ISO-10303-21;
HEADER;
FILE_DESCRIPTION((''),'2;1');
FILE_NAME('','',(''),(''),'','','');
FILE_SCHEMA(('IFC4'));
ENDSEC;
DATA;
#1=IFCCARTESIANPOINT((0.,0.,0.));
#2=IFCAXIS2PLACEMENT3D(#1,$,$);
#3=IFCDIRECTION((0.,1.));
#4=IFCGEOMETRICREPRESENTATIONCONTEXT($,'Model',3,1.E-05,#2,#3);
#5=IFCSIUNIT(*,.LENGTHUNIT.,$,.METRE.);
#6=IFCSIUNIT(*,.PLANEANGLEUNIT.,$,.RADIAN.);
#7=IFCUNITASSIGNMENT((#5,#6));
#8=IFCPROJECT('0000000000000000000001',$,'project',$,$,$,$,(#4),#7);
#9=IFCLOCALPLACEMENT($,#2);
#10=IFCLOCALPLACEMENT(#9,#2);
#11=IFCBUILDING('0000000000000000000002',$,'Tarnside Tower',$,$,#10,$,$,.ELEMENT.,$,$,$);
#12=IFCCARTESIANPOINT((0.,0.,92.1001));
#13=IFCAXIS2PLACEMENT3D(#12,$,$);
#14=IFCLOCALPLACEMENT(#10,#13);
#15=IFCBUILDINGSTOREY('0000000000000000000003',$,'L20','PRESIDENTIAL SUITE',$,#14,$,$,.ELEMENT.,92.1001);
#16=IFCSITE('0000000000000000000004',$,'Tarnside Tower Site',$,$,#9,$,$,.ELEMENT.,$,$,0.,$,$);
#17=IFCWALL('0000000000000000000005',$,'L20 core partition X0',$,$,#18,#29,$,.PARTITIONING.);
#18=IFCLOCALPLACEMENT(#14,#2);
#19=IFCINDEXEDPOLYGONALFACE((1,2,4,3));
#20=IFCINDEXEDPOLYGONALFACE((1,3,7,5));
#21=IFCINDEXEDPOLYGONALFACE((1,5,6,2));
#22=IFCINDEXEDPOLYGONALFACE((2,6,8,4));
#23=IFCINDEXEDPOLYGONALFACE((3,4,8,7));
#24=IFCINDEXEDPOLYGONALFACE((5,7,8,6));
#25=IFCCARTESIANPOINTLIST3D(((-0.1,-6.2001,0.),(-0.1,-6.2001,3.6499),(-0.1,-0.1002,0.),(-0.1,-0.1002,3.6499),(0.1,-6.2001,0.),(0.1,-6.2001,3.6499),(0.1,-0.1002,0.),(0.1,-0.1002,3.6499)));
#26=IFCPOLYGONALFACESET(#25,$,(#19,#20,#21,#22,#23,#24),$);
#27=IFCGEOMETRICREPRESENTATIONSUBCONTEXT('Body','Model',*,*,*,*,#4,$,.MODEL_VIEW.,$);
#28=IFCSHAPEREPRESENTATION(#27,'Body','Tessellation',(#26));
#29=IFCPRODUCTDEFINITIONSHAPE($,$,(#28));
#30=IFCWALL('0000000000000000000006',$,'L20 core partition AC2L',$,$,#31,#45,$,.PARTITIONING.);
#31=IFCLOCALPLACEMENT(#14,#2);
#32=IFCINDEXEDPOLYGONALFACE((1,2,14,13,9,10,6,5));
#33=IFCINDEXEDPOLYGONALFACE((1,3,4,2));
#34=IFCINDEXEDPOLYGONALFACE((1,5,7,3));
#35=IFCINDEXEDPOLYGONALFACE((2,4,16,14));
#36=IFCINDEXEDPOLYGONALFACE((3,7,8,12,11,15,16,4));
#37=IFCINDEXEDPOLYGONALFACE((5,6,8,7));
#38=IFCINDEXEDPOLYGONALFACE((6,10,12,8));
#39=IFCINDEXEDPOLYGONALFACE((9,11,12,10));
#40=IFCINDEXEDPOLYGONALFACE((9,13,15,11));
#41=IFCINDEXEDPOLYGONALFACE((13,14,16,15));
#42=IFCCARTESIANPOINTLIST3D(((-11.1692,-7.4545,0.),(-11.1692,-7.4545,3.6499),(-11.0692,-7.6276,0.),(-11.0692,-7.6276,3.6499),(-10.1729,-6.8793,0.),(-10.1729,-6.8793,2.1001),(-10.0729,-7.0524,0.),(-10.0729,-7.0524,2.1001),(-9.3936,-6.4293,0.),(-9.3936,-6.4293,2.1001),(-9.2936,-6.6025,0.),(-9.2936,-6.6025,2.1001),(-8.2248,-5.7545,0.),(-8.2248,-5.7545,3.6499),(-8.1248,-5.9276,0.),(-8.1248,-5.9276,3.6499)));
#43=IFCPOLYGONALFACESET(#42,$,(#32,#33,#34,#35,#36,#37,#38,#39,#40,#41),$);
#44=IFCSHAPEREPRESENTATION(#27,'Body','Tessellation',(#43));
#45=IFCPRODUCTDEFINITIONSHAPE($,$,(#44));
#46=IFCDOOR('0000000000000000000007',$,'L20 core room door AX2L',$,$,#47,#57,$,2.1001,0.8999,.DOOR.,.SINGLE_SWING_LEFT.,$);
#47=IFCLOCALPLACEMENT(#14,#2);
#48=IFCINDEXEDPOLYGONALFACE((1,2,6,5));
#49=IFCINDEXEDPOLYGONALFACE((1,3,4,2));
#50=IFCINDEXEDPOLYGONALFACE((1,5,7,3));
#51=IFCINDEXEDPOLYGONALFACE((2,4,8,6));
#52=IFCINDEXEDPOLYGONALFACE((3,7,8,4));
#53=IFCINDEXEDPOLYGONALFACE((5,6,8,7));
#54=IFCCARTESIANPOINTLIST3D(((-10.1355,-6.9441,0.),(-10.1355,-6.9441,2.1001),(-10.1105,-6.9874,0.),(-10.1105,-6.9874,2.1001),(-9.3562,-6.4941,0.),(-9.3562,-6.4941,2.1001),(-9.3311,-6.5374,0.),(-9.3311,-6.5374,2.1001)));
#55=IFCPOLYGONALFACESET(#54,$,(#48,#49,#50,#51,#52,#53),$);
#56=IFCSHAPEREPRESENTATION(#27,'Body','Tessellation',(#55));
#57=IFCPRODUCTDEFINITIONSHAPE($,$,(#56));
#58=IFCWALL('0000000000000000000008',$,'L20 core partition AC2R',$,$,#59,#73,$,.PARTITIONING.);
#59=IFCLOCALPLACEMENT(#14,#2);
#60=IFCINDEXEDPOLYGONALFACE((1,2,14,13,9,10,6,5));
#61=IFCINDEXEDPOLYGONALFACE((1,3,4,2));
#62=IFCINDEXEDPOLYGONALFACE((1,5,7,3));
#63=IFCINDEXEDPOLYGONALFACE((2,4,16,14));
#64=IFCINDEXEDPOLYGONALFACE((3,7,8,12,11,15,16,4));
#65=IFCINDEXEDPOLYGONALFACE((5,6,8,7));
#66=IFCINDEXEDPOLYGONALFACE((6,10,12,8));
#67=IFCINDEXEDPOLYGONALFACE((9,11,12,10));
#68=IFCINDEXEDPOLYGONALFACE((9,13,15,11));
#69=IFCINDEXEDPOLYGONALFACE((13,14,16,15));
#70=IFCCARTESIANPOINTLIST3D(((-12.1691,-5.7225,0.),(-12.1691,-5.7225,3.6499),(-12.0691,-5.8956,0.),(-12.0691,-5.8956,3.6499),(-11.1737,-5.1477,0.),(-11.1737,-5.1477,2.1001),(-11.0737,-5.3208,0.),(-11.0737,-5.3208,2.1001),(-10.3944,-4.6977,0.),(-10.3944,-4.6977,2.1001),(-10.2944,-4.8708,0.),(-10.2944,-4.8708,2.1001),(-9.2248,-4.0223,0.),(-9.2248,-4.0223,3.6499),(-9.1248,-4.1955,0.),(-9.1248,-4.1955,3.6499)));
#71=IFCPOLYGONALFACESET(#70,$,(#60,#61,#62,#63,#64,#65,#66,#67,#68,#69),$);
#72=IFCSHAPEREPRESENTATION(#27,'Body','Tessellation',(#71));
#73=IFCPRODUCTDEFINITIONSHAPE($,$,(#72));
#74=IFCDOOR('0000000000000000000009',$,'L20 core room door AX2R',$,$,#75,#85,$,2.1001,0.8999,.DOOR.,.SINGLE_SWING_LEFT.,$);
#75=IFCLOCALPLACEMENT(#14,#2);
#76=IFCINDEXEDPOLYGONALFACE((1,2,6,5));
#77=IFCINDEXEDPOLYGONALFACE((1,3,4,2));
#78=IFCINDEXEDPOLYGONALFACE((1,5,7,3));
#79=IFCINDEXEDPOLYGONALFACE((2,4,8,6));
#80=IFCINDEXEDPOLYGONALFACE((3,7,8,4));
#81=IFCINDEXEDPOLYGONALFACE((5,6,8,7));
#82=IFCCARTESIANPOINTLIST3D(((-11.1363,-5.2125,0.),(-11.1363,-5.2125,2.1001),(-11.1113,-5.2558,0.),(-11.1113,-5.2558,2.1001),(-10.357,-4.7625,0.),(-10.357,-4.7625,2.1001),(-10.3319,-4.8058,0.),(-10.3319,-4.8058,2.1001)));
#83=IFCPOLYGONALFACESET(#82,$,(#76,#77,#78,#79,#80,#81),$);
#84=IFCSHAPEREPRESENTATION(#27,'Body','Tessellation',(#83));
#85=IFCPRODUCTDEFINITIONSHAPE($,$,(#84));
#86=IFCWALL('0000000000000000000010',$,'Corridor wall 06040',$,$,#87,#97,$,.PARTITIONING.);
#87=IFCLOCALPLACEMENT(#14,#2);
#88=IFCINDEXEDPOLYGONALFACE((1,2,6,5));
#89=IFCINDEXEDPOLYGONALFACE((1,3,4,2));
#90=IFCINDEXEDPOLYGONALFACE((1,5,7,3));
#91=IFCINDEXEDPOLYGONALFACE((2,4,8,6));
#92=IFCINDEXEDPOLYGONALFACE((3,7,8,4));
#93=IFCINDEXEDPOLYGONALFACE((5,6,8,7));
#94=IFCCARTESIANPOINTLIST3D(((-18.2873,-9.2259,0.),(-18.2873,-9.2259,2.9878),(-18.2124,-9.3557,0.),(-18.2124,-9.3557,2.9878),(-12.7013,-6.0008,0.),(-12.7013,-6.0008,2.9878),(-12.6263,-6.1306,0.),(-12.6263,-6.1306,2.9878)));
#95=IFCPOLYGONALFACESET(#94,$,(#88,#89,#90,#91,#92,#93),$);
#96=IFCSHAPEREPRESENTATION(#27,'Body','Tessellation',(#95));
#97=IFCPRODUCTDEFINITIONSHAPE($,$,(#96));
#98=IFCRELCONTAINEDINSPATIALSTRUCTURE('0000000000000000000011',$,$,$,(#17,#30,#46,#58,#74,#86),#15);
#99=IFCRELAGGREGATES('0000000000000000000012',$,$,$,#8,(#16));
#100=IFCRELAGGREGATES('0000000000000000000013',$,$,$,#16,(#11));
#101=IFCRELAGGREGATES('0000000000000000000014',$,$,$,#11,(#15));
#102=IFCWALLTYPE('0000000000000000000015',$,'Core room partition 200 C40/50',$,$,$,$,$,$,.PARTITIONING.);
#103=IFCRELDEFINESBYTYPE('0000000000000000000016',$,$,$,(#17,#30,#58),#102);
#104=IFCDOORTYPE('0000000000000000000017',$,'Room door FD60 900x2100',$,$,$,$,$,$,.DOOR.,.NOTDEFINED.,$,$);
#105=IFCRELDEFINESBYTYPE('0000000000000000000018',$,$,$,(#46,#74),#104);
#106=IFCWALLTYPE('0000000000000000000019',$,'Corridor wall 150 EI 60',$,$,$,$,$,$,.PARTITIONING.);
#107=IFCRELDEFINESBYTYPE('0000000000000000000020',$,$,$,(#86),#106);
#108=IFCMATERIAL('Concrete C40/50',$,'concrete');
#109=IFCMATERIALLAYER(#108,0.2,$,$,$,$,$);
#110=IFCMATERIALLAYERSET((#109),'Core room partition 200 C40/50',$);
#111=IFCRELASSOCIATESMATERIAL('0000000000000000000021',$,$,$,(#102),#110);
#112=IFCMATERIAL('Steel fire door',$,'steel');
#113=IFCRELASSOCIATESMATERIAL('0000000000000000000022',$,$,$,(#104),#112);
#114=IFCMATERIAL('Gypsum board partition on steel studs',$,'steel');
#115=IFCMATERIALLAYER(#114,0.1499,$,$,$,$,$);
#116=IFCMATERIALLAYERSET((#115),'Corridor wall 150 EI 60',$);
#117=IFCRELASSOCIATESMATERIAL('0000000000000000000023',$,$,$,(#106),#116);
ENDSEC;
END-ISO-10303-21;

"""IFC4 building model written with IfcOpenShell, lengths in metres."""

from ifc_helpers import new_model, si_unit, direction, frame, frame_2d, origin, place, context, subcontext, project, spatial, rectangle, extrude, material, layer, layer_set, type_object, element, fill, save


model = new_model("IFC4")

# Units and contexts
model_context = context("Model", 3, precision=1e-05, world=origin(), true_north=direction((0.0, 1.0)))
body_context = subcontext(model_context, "Body", "Model", "MODEL_VIEW")
ifc_project = project(units=[si_unit("LENGTHUNIT", "METRE"), si_unit("PLANEANGLEUNIT", "RADIAN")], contexts=[model_context])

# Site, building, storey
site_placement = place(None, origin())
site = spatial("IfcSite", under=ifc_project, at=site_placement, Name="Tarnside Tower Site", CompositionType="ELEMENT", RefElevation=0.0)
building_placement = place(site_placement, origin())
building = spatial("IfcBuilding", under=site, at=building_placement, Name="Tarnside Tower", CompositionType="ELEMENT")
storey_placement = place(building_placement, frame((0.0, 0.0, 92.1001)))
storey = spatial("IfcBuildingStorey", under=building, at=storey_placement, Name="L20", Description="PRESIDENTIAL SUITE", CompositionType="ELEMENT", Elevation=92.1001)

# Wall
ifc_material_1 = material(Name="Concrete C40/50", Category="concrete")
ifc_layer_1 = layer(ifc_material_1, 0.2)
ifc_layer_set_1 = layer_set([ifc_layer_1], Name="Core room partition 200 C40/50")
wall_type_1 = type_object("IfcWallType", Name="Core room partition 200 C40/50", PredefinedType="PARTITIONING", material=ifc_layer_set_1)
wall_1_placement = place(storey_placement, frame((0.0, -6.2, 0.0), z_axis=(0.0, 0.0, 1.0), x_axis=(0.0, 1.0, 0.0)))
element("IfcWall", 1, at=wall_1_placement, inside=storey, type_object=wall_type_1, Name="L20 core partition X0", PredefinedType="PARTITIONING", context=body_context, shape_type="SweptSolid", body=[
    extrude(rectangle(XDim=6.0999, YDim=0.2, at=frame_2d((3.0498, 0.0))), origin(), (0.0, 0.0, 1.0), 3.6499),
])

# Walls, openings, doors
wall_2_placement = place(storey_placement, frame((-8.1748, -5.8411, 0.0), z_axis=(0.0, 0.0, 1.0), x_axis=(-0.866021, -0.500008, 0.0)))
wall_2 = element("IfcWall", 2, at=wall_2_placement, inside=storey, type_object=wall_type_1, Name="L20 core partition AC2L", PredefinedType="PARTITIONING", context=body_context, shape_type="SweptSolid", body=[
    extrude(rectangle(XDim=3.3999, YDim=0.2, at=frame_2d((1.7, 0.0))), origin(), (0.0, 0.0, 1.0), 3.6499),
])
opening_1_placement = place(wall_2_placement, frame((1.3496, 0.0, 0.0)))
opening_1 = element("IfcOpeningElement", 3, at=opening_1_placement, cuts=wall_2, PredefinedType="OPENING", context=body_context, shape_type="SweptSolid", body=[
    extrude(rectangle(XDim=0.8999, YDim=2.1001, at=frame_2d((0.45, 1.05))), frame((0.0, 0.1099, 0.0), z_axis=(0.0, -1.0, 0.0), x_axis=(1.0, 0.0, 0.0)), (0.0, 0.0, 1.0), 0.22),
])
ifc_material_2 = material(Name="Steel fire door", Category="steel")
door_type_1 = type_object("IfcDoorType", Name="Room door FD60 900x2100", OperationType="NOTDEFINED", PredefinedType="DOOR", material=ifc_material_2)
door_1_placement = place(opening_1_placement, origin())
door_1 = element("IfcDoor", 4, at=door_1_placement, inside=storey, type_object=door_type_1, Name="L20 core room door AX2L", OperationType="SINGLE_SWING_LEFT", OverallHeight=2.1001, OverallWidth=0.8999, PredefinedType="DOOR", context=body_context, shape_type="SweptSolid", body=[
    extrude(rectangle(XDim=0.8999, YDim=2.1001, at=frame_2d((0.45, 1.05))), frame((0.0, 0.0249, 0.0), z_axis=(0.0, -1.0, 0.0), x_axis=(1.0, 0.0, 0.0)), (0.0, 0.0, 1.0), 0.05),
])
fill(opening_1, door_1)
wall_3_placement = place(storey_placement, frame((-9.1748, -4.1089, 0.0), z_axis=(0.0, 0.0, 1.0), x_axis=(-0.865989, -0.500062, 0.0)))
wall_3 = element("IfcWall", 5, at=wall_3_placement, inside=storey, type_object=wall_type_1, Name="L20 core partition AC2R", PredefinedType="PARTITIONING", context=body_context, shape_type="SweptSolid", body=[
    extrude(rectangle(XDim=3.3999, YDim=0.2, at=frame_2d((1.7, 0.0))), origin(), (0.0, 0.0, 1.0), 3.6499),
])
opening_2_placement = place(wall_3_placement, frame((1.3506, 0.0, 0.0)))
opening_2 = element("IfcOpeningElement", 6, at=opening_2_placement, cuts=wall_3, PredefinedType="OPENING", context=body_context, shape_type="SweptSolid", body=[
    extrude(rectangle(XDim=0.8999, YDim=2.1001, at=frame_2d((0.45, 1.05))), frame((0.0, 0.1099, 0.0), z_axis=(0.0, -1.0, 0.0), x_axis=(1.0, 0.0, 0.0)), (0.0, 0.0, 1.0), 0.22),
])
door_2_placement = place(opening_2_placement, origin())
door_2 = element("IfcDoor", 7, at=door_2_placement, inside=storey, type_object=door_type_1, Name="L20 core room door AX2R", OperationType="SINGLE_SWING_LEFT", OverallHeight=2.1001, OverallWidth=0.8999, PredefinedType="DOOR", context=body_context, shape_type="SweptSolid", body=[
    extrude(rectangle(XDim=0.8999, YDim=2.1001, at=frame_2d((0.45, 1.05))), frame((0.0, 0.0249, 0.0), z_axis=(0.0, -1.0, 0.0), x_axis=(1.0, 0.0, 0.0)), (0.0, 0.0, 1.0), 0.05),
])
fill(opening_2, door_2)

# Wall
ifc_material_3 = material(Name="Gypsum board partition on steel studs", Category="steel")
ifc_layer_2 = layer(ifc_material_3, 0.1499)
ifc_layer_set_2 = layer_set([ifc_layer_2], Name="Corridor wall 150 EI 60")
wall_type_2 = type_object("IfcWallType", Name="Corridor wall 150 EI 60", PredefinedType="PARTITIONING", material=ifc_layer_set_2)
wall_4_placement = place(storey_placement, frame((-12.6638, -6.0657, 0.0), z_axis=(0.0, 0.0, 1.0), x_axis=(-0.866022, -0.500006, 0.0)))
element("IfcWall", 8, at=wall_4_placement, inside=storey, type_object=wall_type_2, Name="Corridor wall 06040", PredefinedType="PARTITIONING", context=body_context, shape_type="SweptSolid", body=[
    extrude(rectangle(XDim=6.4502, YDim=0.1499, at=frame_2d((3.2251, 0.0))), origin(), (0.0, 0.0, 1.0), 2.9878),
])

save(model, "model.ifc")
